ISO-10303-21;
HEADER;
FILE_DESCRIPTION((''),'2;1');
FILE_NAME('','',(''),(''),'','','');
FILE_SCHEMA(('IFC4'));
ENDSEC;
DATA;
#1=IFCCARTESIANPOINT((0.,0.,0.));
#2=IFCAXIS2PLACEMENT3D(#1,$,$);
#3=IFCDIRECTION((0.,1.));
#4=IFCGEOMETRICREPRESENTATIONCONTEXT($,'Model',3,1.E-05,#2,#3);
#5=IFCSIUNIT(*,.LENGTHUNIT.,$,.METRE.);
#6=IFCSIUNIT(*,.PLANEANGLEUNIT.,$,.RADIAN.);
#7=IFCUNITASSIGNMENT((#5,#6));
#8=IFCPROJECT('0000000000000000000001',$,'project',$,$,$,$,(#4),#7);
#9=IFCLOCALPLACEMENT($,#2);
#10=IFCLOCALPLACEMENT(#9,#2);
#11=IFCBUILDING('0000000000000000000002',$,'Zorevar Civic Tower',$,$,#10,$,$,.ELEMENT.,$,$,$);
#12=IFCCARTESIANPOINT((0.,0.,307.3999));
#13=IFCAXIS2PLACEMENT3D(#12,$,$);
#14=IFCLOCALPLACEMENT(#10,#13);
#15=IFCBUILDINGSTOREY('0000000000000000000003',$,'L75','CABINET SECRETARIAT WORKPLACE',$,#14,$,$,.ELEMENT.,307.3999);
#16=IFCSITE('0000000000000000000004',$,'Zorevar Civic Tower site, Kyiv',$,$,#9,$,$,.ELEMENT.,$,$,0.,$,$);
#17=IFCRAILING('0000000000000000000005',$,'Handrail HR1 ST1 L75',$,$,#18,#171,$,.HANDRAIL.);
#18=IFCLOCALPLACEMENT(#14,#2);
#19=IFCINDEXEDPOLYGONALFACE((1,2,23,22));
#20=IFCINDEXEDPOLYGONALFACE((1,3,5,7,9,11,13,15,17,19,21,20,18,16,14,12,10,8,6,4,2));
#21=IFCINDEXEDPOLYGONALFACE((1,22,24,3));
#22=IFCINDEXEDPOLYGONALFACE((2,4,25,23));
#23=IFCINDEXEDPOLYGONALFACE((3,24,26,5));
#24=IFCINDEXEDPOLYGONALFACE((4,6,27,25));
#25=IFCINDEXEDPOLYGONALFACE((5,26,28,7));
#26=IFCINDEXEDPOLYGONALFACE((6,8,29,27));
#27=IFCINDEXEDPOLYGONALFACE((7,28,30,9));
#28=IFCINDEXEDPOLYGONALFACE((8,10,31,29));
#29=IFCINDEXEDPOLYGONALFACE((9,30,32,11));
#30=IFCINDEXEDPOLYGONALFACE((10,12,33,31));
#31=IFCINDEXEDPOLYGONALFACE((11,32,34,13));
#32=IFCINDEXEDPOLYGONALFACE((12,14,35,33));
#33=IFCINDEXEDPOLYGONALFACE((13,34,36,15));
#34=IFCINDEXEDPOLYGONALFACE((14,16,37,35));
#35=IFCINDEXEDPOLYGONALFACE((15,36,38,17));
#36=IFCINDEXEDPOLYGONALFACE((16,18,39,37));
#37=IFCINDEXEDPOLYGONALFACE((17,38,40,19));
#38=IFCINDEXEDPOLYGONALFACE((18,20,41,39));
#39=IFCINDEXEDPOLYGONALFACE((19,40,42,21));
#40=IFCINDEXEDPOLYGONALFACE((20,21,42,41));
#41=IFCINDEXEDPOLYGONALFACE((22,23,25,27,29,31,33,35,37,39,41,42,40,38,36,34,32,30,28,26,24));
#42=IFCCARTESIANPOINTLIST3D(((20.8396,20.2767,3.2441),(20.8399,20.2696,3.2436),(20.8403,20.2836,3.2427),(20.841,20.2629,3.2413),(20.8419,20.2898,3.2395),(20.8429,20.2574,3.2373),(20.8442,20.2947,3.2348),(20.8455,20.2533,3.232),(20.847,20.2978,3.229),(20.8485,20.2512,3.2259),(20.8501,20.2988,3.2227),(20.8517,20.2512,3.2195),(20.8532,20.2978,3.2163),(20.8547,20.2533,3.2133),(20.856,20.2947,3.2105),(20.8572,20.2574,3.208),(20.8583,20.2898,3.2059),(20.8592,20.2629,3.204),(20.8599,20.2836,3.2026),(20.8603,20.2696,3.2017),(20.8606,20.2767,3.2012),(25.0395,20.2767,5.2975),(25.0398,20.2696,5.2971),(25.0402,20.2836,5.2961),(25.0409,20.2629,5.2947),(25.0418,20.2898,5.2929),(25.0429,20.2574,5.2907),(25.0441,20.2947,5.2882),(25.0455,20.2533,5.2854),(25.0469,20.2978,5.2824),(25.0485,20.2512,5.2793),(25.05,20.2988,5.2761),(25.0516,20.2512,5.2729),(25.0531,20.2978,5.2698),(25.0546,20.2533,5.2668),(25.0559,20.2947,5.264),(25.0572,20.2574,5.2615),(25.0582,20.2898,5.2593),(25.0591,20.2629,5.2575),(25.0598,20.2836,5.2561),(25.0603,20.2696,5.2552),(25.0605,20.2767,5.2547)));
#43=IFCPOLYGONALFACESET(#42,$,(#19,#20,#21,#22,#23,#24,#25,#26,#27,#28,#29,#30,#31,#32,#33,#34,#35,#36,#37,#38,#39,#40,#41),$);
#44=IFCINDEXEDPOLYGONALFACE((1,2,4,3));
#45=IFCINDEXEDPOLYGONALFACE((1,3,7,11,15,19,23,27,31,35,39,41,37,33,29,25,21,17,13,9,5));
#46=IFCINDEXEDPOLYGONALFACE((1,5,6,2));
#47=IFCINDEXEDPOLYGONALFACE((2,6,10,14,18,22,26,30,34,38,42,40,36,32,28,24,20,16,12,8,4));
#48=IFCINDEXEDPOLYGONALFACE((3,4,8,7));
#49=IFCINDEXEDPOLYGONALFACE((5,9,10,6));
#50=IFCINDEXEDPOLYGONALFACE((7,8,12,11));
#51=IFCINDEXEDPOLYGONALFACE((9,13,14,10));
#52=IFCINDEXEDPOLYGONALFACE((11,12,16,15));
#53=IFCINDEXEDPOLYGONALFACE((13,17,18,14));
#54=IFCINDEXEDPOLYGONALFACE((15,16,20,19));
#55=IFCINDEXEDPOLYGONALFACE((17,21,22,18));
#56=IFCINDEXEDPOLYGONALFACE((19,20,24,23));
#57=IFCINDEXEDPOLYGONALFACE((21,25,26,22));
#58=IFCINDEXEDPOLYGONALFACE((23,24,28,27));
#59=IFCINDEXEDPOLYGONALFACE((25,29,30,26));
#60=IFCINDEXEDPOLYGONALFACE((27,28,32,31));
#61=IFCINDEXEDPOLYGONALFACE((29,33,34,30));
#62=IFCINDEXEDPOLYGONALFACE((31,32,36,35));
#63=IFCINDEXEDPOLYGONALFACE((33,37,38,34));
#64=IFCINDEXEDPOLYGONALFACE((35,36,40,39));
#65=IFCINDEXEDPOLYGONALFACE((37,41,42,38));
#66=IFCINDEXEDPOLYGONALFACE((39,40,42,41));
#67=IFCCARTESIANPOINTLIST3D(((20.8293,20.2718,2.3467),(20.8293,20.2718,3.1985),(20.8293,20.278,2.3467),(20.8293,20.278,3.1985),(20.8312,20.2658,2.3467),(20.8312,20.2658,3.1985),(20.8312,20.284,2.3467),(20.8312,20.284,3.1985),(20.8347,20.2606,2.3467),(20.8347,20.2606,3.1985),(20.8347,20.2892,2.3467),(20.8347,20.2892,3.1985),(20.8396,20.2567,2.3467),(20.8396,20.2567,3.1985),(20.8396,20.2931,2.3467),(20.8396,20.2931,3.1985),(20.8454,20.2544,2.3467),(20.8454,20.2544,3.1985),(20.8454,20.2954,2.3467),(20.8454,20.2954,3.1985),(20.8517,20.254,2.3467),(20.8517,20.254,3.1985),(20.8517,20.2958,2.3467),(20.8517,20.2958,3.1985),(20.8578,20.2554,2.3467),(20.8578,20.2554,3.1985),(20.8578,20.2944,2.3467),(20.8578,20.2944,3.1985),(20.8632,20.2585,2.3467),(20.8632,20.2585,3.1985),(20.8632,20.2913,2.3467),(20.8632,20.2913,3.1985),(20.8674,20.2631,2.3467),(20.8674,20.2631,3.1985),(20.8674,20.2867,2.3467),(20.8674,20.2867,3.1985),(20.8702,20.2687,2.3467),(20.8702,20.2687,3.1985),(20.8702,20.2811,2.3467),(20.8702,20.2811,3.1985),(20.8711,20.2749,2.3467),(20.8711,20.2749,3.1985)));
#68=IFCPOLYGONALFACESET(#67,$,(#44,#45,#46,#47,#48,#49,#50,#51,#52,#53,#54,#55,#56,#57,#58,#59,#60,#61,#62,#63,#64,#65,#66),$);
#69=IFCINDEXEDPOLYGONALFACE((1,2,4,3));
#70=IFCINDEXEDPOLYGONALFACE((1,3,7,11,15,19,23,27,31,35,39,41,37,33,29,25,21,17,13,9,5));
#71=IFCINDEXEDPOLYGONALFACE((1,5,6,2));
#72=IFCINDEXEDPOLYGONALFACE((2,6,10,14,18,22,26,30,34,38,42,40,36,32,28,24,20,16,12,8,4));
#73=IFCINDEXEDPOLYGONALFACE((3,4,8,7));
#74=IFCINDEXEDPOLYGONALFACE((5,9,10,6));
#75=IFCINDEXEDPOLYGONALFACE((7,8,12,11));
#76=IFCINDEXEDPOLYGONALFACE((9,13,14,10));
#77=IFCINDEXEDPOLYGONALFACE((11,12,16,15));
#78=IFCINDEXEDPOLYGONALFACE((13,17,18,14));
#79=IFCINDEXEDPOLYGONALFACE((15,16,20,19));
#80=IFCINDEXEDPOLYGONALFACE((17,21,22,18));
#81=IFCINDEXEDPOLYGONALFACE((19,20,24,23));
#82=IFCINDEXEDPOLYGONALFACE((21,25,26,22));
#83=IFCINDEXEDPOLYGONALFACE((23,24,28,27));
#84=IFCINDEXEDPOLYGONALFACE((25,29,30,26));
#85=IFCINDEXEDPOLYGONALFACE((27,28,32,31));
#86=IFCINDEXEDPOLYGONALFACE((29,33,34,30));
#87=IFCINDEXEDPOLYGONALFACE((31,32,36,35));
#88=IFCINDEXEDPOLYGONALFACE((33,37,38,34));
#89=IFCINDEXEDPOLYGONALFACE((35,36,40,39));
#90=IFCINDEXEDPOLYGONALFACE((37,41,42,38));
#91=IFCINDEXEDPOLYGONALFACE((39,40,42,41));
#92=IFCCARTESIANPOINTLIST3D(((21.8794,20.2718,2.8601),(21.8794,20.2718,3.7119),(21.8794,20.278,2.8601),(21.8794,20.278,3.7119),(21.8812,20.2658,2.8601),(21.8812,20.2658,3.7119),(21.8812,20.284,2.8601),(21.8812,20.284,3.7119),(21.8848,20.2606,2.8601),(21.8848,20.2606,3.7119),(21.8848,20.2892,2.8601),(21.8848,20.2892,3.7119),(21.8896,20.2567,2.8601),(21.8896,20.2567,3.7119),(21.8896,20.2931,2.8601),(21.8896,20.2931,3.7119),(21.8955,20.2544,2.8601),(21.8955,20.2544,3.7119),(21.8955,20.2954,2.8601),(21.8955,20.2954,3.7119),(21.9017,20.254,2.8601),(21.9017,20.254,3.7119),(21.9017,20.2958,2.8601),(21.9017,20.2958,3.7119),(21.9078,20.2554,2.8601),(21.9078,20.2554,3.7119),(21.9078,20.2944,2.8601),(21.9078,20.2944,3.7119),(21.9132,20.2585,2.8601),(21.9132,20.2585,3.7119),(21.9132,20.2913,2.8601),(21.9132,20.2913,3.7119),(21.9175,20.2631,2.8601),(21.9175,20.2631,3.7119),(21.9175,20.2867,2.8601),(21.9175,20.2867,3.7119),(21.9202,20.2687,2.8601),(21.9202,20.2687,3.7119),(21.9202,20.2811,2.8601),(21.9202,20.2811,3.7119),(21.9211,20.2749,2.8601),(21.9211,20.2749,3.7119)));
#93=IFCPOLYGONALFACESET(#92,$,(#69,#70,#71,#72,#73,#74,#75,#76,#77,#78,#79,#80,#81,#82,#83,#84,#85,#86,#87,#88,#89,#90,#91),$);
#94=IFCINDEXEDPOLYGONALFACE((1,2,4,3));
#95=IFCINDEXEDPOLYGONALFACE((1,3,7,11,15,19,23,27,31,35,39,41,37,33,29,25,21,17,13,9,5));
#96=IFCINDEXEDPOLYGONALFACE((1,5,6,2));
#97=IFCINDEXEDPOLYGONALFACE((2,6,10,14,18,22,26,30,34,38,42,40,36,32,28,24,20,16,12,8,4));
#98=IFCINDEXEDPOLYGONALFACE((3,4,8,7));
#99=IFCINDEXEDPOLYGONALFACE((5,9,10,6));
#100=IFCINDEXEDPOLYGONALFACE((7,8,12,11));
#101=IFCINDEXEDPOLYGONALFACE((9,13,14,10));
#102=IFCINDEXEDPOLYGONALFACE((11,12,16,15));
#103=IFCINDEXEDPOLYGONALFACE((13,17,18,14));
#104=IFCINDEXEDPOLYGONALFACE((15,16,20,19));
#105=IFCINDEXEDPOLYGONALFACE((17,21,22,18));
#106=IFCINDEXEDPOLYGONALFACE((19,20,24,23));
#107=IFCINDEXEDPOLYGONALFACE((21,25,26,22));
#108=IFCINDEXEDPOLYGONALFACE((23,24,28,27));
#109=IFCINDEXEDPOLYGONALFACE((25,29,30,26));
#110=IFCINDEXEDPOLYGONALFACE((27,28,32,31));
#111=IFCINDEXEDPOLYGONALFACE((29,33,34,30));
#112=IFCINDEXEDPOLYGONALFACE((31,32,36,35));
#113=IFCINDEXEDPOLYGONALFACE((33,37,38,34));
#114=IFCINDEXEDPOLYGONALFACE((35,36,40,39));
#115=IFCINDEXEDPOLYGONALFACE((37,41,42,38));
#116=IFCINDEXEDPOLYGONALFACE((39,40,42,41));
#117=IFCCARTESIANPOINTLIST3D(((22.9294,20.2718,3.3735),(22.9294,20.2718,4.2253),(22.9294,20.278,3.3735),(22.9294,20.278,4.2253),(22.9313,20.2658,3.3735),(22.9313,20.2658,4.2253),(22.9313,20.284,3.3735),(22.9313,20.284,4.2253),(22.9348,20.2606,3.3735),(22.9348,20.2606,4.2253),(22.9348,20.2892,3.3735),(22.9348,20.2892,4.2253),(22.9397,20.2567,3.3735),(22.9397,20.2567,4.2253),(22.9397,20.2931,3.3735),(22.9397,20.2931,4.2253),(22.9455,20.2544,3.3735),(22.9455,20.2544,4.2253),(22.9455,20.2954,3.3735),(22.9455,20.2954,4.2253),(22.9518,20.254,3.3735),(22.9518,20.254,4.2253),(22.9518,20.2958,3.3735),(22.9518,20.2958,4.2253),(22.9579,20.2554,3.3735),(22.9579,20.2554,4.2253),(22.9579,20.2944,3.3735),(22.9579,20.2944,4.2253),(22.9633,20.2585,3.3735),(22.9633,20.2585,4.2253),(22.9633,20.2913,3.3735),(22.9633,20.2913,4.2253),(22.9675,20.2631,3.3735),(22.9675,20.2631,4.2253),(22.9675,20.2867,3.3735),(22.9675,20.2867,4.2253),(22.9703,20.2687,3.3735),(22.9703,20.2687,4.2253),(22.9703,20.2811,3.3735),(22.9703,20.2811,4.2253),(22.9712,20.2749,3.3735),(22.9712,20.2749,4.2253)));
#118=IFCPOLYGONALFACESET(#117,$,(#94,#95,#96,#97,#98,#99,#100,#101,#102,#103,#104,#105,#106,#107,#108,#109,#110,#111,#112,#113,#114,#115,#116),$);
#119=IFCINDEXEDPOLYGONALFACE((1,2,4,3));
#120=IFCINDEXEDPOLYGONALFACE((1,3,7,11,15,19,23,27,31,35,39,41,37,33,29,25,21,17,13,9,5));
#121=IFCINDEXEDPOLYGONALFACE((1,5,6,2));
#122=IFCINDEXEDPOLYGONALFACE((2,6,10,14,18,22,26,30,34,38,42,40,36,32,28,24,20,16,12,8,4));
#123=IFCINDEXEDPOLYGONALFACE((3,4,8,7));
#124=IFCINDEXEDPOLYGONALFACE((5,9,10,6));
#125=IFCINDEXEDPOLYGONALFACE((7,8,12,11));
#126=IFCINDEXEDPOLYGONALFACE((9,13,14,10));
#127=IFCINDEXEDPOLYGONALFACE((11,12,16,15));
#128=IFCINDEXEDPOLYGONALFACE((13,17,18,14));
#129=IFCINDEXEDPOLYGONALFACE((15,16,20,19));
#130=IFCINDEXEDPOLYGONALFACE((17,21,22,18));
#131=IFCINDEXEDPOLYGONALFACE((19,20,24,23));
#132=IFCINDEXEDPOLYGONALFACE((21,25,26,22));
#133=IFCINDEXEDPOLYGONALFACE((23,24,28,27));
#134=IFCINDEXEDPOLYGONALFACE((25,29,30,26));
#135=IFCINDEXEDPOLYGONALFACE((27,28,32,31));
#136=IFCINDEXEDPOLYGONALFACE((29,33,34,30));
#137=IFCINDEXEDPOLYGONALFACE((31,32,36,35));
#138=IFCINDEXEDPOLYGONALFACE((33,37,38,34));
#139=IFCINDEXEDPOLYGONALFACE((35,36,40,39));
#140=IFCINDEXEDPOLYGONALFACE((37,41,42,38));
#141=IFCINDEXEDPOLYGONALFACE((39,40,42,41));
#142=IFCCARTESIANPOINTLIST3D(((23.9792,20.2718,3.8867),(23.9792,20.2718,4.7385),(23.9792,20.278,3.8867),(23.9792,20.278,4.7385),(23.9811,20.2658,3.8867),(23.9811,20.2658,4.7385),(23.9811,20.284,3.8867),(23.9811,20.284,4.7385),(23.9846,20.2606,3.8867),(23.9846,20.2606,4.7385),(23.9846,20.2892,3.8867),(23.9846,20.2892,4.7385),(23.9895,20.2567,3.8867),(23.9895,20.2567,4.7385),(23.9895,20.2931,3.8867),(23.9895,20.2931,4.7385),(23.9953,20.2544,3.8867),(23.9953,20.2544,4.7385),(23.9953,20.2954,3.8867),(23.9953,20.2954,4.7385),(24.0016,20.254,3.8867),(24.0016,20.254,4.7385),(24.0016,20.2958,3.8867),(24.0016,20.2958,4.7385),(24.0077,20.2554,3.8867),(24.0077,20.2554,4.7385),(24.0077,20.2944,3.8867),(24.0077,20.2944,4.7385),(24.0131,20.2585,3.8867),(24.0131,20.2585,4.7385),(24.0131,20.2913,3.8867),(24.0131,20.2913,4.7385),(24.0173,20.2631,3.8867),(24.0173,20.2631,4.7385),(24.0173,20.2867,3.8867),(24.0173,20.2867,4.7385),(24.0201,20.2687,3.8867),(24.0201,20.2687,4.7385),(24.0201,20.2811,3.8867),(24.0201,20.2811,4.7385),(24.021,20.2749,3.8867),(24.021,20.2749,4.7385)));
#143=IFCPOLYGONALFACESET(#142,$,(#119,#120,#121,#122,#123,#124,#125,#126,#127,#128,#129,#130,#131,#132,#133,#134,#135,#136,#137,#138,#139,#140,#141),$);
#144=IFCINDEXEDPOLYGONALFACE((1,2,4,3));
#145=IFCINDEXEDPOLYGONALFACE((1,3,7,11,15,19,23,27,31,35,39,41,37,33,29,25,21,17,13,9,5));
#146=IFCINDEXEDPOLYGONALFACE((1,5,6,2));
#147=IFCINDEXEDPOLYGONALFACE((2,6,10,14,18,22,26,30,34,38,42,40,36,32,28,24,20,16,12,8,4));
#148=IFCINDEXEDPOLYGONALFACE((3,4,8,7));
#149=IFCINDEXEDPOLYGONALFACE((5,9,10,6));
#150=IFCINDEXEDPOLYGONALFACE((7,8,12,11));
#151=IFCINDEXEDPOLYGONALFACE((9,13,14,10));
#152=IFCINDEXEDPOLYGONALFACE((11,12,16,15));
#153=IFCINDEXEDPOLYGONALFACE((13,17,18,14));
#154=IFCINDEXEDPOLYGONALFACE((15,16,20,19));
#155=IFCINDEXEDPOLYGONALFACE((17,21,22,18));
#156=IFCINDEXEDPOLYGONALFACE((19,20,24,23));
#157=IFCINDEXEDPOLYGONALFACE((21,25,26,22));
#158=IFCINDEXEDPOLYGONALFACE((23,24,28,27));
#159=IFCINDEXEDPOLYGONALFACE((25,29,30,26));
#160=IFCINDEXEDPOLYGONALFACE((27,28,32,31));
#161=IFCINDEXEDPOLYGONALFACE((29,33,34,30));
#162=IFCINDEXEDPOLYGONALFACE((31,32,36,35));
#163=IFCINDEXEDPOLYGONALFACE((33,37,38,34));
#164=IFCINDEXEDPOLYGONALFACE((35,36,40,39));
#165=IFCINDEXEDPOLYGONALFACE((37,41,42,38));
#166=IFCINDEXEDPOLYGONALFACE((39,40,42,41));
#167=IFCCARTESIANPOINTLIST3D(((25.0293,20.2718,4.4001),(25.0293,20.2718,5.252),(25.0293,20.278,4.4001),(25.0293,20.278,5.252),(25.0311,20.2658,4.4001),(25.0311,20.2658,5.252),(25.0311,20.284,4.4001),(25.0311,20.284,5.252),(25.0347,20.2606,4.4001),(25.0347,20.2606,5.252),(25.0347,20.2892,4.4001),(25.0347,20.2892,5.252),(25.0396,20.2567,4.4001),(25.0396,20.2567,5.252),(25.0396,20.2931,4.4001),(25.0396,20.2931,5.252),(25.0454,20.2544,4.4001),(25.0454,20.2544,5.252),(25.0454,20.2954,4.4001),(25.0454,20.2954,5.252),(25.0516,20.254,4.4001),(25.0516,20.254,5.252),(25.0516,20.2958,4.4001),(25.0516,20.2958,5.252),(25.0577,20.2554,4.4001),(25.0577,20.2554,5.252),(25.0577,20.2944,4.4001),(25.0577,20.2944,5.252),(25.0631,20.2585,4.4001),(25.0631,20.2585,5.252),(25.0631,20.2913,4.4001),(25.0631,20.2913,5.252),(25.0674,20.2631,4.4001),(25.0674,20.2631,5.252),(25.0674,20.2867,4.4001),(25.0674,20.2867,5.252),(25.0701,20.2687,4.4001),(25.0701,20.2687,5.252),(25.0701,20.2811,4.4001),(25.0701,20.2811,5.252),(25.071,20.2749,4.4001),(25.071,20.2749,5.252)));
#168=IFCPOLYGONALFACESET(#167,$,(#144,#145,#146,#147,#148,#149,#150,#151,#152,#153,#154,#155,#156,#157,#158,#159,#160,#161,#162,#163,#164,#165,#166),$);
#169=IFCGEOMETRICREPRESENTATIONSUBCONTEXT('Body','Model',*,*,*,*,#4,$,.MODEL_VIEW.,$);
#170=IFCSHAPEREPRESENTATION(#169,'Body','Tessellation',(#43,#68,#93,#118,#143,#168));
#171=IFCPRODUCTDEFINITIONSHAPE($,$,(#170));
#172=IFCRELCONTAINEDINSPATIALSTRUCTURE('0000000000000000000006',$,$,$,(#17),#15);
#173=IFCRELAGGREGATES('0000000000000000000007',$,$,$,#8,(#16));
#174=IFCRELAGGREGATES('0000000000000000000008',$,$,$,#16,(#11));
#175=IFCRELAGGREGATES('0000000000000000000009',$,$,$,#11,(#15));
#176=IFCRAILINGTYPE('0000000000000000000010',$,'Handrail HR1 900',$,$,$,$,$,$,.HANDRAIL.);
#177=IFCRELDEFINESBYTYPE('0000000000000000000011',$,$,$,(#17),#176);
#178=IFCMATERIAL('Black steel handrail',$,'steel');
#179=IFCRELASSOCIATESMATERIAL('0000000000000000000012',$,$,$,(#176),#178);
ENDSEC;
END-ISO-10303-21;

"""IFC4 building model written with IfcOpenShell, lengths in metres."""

from ifc_helpers import new_model, si_unit, direction, frame, origin, origin_2d, place, context, subcontext, project, spatial, circle, extrude, material, type_object, element, save


model = new_model("IFC4")

# Units and contexts
model_context = context("Model", 3, precision=1e-05, world=origin(), true_north=direction((0.0, 1.0)))
body_context = subcontext(model_context, "Body", "Model", "MODEL_VIEW")
ifc_project = project(units=[si_unit("LENGTHUNIT", "METRE"), si_unit("PLANEANGLEUNIT", "RADIAN")], contexts=[model_context])

# Site, building, storey
site_placement = place(None, origin())
site = spatial("IfcSite", under=ifc_project, at=site_placement, Name="Zorevar Civic Tower site, Kyiv", CompositionType="ELEMENT", RefElevation=0.0)
building_placement = place(site_placement, origin())
building = spatial("IfcBuilding", under=site, at=building_placement, Name="Zorevar Civic Tower", CompositionType="ELEMENT")
storey_placement = place(building_placement, frame((0.0, 0.0, 307.3999)))
storey = spatial("IfcBuildingStorey", under=building, at=storey_placement, Name="L75", Description="CABINET SECRETARIAT WORKPLACE", CompositionType="ELEMENT", Elevation=307.3999)

# Railing
ifc_material_1 = material(Name="Black steel handrail", Category="steel")
railing_type = type_object("IfcRailingType", Name="Handrail HR1 900", PredefinedType="HANDRAIL", material=ifc_material_1)
railing_1_placement = place(storey_placement, frame((20.8501, 20.2749, 2.3467)))
element("IfcRailing", 1, at=railing_1_placement, inside=storey, type_object=railing_type, Name="Handrail HR1 ST1 L75", PredefinedType="HANDRAIL", context=body_context, shape_type="SweptSolid", body=[
    extrude(circle(Radius=0.0239, at=origin_2d()), frame((0.0, 0.0, 0.876), z_axis=(0.898371, 0.0, 0.439237), x_axis=(0.0, 1.0, 0.0)), (0.0, 0.0, 1.0), 4.675),
    extrude(circle(Radius=0.021, at=origin_2d()), origin(), (0.0, 0.0, 1.0), 0.8518),
    extrude(circle(Radius=0.021, at=origin_2d()), frame((1.05, 0.0, 0.5134)), (0.0, 0.0, 1.0), 0.8518),
    extrude(circle(Radius=0.021, at=origin_2d()), frame((2.1001, 0.0, 1.0269)), (0.0, 0.0, 1.0), 0.8518),
    extrude(circle(Radius=0.021, at=origin_2d()), frame((3.1499, 0.0, 1.54)), (0.0, 0.0, 1.0), 0.8518),
    extrude(circle(Radius=0.021, at=origin_2d()), frame((4.2, 0.0, 2.0535)), (0.0, 0.0, 1.0), 0.8518),
])

save(model, "model.ifc")
